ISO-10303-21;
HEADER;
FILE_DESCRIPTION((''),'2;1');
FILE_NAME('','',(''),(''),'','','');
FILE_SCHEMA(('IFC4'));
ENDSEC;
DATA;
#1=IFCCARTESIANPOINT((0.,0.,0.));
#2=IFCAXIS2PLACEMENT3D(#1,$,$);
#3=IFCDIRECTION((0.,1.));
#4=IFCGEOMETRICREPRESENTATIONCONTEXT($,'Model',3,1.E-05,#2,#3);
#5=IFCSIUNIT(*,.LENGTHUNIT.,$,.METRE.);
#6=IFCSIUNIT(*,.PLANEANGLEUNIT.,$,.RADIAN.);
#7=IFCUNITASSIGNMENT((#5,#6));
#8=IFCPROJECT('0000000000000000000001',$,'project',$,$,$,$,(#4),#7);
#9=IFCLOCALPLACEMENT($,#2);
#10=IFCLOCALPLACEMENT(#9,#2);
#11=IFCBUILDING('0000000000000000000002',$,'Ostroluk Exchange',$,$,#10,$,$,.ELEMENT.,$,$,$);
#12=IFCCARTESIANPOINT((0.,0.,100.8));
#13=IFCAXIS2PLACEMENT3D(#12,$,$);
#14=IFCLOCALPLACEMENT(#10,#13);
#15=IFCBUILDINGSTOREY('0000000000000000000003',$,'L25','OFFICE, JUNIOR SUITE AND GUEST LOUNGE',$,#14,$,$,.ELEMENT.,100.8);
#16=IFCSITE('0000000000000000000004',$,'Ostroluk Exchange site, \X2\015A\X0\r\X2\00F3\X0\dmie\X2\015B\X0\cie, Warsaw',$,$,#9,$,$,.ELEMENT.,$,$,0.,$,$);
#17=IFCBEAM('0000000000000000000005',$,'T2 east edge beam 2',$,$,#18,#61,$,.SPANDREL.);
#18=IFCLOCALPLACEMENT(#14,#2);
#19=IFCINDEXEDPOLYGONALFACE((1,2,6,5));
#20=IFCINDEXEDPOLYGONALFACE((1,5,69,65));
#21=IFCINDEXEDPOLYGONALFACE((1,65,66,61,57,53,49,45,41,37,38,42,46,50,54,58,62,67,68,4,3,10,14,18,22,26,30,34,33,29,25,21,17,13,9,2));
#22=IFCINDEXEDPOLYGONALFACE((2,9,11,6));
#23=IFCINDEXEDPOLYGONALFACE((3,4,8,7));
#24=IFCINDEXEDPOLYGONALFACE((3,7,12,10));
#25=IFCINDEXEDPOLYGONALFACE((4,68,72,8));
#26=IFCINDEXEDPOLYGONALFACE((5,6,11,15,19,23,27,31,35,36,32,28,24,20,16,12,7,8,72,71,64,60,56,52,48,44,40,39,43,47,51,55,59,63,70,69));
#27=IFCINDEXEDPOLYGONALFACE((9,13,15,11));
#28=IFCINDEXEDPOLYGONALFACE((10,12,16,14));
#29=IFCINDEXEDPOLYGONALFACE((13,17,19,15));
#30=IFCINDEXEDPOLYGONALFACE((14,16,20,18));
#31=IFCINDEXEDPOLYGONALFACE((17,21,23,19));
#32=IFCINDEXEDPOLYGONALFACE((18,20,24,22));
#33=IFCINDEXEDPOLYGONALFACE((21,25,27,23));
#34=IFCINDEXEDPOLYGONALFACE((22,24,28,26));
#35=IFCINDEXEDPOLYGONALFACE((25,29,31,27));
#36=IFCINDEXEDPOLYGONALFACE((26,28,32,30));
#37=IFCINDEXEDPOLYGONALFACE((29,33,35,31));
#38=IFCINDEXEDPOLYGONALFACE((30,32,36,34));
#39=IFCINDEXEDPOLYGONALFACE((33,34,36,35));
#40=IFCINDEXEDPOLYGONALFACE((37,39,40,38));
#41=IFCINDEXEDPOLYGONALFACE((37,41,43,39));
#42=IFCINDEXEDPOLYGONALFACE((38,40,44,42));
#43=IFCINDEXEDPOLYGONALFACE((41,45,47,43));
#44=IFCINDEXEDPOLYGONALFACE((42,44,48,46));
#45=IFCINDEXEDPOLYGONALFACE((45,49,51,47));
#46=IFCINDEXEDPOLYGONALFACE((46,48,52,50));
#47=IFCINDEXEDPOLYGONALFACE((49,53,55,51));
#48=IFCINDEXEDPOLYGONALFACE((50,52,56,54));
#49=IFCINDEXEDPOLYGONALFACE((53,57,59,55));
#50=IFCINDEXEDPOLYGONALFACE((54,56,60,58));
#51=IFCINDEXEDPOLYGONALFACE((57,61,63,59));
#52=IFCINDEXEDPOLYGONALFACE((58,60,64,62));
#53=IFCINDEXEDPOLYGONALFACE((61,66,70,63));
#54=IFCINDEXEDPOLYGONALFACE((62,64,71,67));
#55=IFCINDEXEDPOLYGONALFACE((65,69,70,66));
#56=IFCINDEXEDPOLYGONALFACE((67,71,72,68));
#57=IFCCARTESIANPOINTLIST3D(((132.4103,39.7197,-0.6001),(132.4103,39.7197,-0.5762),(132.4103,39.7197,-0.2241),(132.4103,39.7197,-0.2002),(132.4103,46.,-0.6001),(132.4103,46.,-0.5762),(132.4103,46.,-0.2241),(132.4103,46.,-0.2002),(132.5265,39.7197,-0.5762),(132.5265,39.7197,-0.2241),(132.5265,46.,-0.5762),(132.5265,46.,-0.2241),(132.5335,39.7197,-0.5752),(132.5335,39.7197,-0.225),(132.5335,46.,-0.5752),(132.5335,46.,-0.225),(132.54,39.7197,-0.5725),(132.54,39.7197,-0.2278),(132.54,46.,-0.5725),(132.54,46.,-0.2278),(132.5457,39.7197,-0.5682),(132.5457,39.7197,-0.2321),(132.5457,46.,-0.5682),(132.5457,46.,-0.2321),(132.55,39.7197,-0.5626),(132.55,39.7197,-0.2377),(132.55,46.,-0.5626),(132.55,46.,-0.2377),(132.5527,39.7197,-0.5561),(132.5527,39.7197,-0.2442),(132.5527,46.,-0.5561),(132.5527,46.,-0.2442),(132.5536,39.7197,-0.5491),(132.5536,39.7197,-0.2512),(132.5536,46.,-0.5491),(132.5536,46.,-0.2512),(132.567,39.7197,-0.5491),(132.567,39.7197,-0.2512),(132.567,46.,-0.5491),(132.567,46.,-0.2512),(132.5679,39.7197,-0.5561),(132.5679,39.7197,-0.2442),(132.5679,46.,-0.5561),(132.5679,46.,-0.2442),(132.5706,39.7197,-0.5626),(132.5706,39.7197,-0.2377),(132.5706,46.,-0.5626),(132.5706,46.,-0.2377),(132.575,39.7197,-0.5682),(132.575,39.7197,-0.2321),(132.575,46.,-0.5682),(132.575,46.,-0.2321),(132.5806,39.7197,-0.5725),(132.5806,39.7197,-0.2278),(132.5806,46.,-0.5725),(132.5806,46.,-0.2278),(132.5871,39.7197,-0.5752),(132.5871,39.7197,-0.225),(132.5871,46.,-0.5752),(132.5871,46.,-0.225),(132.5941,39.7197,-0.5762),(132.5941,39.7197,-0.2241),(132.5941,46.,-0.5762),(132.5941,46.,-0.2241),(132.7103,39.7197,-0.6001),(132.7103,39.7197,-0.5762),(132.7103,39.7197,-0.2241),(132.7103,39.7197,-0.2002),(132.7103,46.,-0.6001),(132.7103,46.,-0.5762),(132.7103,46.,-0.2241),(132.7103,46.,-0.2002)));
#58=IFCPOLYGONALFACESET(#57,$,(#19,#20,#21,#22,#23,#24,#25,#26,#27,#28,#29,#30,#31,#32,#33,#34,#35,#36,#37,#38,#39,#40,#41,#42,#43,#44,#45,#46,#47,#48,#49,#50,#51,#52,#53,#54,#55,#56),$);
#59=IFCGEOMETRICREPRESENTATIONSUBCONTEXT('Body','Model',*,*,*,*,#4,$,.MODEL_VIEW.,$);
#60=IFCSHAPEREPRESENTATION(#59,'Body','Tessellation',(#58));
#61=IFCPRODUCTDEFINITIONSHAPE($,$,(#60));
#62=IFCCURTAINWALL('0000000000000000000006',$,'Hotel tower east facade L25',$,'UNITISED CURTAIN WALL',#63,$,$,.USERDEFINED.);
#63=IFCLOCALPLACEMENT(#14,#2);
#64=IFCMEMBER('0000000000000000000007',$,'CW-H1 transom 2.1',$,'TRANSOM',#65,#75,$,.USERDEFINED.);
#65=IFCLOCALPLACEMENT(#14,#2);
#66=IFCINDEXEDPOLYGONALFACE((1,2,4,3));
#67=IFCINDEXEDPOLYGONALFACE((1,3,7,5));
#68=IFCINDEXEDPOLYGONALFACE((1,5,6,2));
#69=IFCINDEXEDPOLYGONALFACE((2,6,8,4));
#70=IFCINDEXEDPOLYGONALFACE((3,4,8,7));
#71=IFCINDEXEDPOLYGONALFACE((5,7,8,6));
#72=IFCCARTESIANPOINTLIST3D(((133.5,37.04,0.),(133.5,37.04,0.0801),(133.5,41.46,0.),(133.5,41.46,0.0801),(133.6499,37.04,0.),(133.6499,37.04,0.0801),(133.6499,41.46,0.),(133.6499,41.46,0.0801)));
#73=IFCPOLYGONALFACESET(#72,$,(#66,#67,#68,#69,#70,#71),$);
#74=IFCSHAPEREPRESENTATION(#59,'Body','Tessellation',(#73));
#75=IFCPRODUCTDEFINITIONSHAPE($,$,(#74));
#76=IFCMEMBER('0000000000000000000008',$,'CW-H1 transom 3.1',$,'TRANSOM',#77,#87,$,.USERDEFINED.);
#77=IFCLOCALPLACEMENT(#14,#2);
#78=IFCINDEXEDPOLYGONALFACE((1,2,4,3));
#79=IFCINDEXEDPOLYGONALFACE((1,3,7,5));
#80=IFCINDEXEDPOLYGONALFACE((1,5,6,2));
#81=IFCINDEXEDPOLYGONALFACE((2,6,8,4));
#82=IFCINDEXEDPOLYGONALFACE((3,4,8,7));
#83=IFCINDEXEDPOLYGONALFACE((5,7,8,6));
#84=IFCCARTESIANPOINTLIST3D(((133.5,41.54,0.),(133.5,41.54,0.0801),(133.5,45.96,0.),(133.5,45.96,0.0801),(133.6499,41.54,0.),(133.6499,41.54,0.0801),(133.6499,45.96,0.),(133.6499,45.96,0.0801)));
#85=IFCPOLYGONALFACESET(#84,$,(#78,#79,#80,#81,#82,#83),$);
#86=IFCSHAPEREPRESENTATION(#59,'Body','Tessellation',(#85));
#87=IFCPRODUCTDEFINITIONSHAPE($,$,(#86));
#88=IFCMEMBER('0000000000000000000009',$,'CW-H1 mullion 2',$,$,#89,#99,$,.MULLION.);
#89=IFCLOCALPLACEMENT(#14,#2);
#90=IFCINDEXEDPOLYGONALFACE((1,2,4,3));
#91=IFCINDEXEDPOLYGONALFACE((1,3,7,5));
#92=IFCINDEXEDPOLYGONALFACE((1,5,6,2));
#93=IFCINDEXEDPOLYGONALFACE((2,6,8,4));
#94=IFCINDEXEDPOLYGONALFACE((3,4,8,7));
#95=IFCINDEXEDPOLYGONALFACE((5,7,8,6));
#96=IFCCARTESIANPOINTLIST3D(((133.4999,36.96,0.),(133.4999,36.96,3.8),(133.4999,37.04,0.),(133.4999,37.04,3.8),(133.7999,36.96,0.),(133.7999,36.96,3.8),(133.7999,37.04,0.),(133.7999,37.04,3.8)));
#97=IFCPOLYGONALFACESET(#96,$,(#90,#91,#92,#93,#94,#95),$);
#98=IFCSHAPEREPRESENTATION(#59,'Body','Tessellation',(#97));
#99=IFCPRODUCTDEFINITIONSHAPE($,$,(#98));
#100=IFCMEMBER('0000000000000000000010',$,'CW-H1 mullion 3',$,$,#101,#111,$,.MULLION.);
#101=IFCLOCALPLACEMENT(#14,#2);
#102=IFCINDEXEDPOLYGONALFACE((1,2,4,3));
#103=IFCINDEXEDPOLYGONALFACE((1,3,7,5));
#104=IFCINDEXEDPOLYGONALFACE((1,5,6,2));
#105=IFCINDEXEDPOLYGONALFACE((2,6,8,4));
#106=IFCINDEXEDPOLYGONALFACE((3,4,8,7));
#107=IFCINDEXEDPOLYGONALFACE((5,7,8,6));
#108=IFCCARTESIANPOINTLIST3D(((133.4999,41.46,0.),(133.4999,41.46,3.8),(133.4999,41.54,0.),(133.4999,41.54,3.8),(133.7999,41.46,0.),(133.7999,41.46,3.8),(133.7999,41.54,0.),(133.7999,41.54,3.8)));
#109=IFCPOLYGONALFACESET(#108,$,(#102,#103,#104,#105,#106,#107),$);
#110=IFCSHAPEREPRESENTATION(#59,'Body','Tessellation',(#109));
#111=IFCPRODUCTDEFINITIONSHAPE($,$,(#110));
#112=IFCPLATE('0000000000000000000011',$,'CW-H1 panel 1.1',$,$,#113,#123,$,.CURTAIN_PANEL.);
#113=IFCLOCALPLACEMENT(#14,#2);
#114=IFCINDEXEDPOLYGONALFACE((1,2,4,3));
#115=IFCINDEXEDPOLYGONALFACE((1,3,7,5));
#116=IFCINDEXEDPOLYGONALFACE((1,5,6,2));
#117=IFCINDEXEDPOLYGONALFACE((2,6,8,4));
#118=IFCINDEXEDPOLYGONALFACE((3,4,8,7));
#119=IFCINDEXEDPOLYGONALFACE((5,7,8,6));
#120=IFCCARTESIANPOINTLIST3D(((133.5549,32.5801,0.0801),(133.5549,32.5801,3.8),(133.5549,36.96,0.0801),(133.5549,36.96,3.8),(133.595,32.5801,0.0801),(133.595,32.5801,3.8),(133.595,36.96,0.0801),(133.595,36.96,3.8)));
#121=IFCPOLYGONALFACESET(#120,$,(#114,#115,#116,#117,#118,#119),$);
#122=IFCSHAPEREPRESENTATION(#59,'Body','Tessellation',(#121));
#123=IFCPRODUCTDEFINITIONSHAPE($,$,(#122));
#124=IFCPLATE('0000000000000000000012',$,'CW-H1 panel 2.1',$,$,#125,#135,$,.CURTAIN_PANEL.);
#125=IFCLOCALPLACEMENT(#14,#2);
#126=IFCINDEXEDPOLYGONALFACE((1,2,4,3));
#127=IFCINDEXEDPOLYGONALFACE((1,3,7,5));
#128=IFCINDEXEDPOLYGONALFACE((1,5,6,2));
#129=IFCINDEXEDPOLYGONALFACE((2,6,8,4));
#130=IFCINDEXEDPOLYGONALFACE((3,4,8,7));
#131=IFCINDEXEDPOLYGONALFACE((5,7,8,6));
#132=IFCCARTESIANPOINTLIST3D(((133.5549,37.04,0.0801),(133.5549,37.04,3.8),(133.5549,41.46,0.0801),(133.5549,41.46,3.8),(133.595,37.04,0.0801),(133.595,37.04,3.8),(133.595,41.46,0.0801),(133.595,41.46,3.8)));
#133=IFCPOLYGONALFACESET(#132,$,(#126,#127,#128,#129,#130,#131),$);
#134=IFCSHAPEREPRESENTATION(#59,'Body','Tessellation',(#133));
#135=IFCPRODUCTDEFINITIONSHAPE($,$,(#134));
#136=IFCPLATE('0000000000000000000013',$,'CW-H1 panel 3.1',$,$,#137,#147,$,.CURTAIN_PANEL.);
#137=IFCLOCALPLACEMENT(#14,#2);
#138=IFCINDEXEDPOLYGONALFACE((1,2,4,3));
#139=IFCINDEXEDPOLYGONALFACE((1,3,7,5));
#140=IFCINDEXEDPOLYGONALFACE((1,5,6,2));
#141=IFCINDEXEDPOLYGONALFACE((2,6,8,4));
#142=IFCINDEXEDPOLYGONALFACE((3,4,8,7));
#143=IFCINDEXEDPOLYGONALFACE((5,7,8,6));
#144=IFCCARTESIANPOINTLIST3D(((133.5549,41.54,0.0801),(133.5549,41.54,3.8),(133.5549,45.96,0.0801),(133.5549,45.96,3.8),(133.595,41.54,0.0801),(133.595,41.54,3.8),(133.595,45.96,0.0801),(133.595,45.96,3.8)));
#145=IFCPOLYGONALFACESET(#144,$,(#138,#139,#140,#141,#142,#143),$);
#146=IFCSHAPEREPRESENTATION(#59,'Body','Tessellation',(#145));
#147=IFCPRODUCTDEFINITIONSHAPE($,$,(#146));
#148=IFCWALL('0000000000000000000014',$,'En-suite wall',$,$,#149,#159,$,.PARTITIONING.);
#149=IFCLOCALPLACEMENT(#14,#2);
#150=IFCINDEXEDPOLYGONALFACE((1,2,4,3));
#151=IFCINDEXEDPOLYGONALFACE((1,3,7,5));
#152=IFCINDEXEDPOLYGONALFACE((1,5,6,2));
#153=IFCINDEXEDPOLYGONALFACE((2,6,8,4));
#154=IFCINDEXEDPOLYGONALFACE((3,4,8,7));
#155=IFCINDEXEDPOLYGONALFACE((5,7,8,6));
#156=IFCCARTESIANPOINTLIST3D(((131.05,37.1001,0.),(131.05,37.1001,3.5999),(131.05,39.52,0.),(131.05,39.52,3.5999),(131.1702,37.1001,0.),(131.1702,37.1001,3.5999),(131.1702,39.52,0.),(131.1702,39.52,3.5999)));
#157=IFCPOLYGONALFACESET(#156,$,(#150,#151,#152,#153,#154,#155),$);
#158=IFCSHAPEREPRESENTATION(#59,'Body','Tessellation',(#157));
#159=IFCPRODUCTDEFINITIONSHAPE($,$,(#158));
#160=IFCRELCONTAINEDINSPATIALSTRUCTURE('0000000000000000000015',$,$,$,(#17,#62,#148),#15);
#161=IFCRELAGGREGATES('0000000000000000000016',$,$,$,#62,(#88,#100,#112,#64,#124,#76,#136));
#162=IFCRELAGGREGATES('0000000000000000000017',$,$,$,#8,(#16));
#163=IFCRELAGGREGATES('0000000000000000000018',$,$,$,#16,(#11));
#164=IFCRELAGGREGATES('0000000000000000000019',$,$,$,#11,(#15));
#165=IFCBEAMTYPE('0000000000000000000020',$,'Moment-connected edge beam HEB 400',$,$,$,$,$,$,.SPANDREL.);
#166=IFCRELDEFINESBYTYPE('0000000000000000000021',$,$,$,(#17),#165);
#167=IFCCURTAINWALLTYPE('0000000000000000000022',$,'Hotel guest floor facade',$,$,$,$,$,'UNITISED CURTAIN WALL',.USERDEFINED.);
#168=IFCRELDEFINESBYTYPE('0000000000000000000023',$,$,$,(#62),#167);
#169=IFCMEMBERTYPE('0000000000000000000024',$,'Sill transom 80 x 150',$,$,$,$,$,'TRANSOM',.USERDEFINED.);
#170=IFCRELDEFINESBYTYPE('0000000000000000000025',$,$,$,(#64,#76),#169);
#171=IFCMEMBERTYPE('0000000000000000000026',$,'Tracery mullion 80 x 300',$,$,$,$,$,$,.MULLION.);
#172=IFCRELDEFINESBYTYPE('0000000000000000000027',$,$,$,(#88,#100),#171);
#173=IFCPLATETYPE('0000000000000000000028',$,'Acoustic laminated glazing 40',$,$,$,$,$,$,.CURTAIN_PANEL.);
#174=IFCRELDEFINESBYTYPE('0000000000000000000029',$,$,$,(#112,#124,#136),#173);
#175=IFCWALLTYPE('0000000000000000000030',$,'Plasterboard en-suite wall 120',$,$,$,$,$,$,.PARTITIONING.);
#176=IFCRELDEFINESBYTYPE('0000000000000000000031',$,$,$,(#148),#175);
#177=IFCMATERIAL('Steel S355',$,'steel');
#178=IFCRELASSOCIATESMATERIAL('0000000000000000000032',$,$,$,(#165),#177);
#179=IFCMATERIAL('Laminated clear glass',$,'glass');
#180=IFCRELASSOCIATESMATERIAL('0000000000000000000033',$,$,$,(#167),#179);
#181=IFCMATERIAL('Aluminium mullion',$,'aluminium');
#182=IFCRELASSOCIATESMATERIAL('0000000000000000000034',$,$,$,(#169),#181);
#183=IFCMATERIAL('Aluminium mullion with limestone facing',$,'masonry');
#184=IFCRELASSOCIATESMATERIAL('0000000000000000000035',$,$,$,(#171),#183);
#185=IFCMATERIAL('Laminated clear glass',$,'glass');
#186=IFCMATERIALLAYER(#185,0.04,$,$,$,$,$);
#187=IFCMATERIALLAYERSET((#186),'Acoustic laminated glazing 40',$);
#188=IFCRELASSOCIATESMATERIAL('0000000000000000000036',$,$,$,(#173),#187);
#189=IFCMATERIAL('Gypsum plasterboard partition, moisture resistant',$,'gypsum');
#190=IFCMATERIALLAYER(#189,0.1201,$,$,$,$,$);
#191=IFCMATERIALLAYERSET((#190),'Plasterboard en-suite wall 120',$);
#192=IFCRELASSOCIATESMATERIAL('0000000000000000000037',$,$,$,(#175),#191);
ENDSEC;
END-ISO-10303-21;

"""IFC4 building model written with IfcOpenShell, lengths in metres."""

from ifc_helpers import new_model, si_unit, direction, frame, frame_2d, origin, origin_2d, place, context, subcontext, project, spatial, rectangle, i_section, extrude, material, layer, layer_set, material_profile, profile_set, type_object, element, aggregate, save


model = new_model("IFC4")

# Units and contexts
model_context = context("Model", 3, precision=1e-05, world=origin(), true_north=direction((0.0, 1.0)))
body_context = subcontext(model_context, "Body", "Model", "MODEL_VIEW")
ifc_project = project(units=[si_unit("LENGTHUNIT", "METRE"), si_unit("PLANEANGLEUNIT", "RADIAN")], contexts=[model_context])

# Site, building, storey
site_placement = place(None, origin())
site = spatial("IfcSite", under=ifc_project, at=site_placement, Name="Ostroluk Exchange site, Śródmieście, Warsaw", CompositionType="ELEMENT", RefElevation=0.0)
building_placement = place(site_placement, origin())
building = spatial("IfcBuilding", under=site, at=building_placement, Name="Ostroluk Exchange", CompositionType="ELEMENT")
storey_placement = place(building_placement, frame((0.0, 0.0, 100.8)))
storey = spatial("IfcBuildingStorey", under=building, at=storey_placement, Name="L25", Description="OFFICE, JUNIOR SUITE AND GUEST LOUNGE", CompositionType="ELEMENT", Elevation=100.8)

# Beam
ifc_material_1 = material(Name="Steel S355", Category="steel")
ifc_material_profile_1 = material_profile(ifc_material_1, i_section(OverallWidth=0.3, OverallDepth=0.3999, WebThickness=0.0134, FlangeThickness=0.0239, FilletRadius=0.0271, at=origin_2d()), Name="HEB 400")
ifc_profile_set_1 = profile_set([ifc_material_profile_1], Name="Steel S355")
beam_type_1 = type_object("IfcBeamType", Name="Moment-connected edge beam HEB 400", PredefinedType="SPANDREL", material=ifc_profile_set_1)
beam_1_placement = place(storey_placement, frame((132.5603, 39.7197, -0.4001), z_axis=(0.0, 1.0, 0.0), x_axis=(-1.0, 0.0, 0.0)))
element("IfcBeam", 1, at=beam_1_placement, inside=storey, type_object=beam_type_1, Name="T2 east edge beam 2", PredefinedType="SPANDREL", context=body_context, shape_type="SweptSolid", body=[
    extrude(i_section(OverallWidth=0.3, OverallDepth=0.3999, WebThickness=0.0134, FlangeThickness=0.0239, FilletRadius=0.0271, at=origin_2d()), origin(), (0.0, 0.0, 1.0), 6.2803),
])

# Curtain wall, members, plates
ifc_material_2 = material(Name="Laminated clear glass", Category="glass")
curtain_wall_type = type_object("IfcCurtainWallType", Name="Hotel guest floor facade", ElementType="UNITISED CURTAIN WALL", PredefinedType="USERDEFINED", material=ifc_material_2)
curtain_wall_placement = place(storey_placement, origin())
curtain_wall = element("IfcCurtainWall", 2, at=curtain_wall_placement, inside=storey, type_object=curtain_wall_type, Name="Hotel tower east facade L25", ObjectType="UNITISED CURTAIN WALL", PredefinedType="USERDEFINED")
ifc_material_3 = material(Name="Aluminium mullion", Category="aluminium")
ifc_material_profile_2 = material_profile(ifc_material_3, rectangle(XDim=0.1499, YDim=0.0801, at=origin_2d()), Name="Sill transom 80 x 150")
ifc_profile_set_2 = profile_set([ifc_material_profile_2], Name="Aluminium mullion")
member_type_1 = type_object("IfcMemberType", Name="Sill transom 80 x 150", ElementType="TRANSOM", PredefinedType="USERDEFINED", material=ifc_profile_set_2)
member_1_placement = place(storey_placement, frame((133.575, 37.04, 0.04), z_axis=(0.0, 1.0, 0.0), x_axis=(-1.0, 0.0, 0.0)))
member_1 = element("IfcMember", 3, at=member_1_placement, type_object=member_type_1, Name="CW-H1 transom 2.1", ObjectType="TRANSOM", PredefinedType="USERDEFINED", context=body_context, shape_type="SweptSolid", body=[
    extrude(rectangle(XDim=0.1499, YDim=0.0801, at=origin_2d()), origin(), (0.0, 0.0, 1.0), 4.4199),
])
member_2_placement = place(storey_placement, frame((133.575, 41.54, 0.04), z_axis=(0.0, 1.0, 0.0), x_axis=(-1.0, 0.0, 0.0)))
member_2 = element("IfcMember", 4, at=member_2_placement, type_object=member_type_1, Name="CW-H1 transom 3.1", ObjectType="TRANSOM", PredefinedType="USERDEFINED", context=body_context, shape_type="SweptSolid", body=[
    extrude(rectangle(XDim=0.1499, YDim=0.0801, at=origin_2d()), origin(), (0.0, 0.0, 1.0), 4.4199),
])
ifc_material_4 = material(Name="Aluminium mullion with limestone facing", Category="masonry")
ifc_material_profile_3 = material_profile(ifc_material_4, rectangle(XDim=0.3, YDim=0.0801, at=origin_2d()), Name="Tracery mullion 80 x 300")
ifc_profile_set_3 = profile_set([ifc_material_profile_3], Name="Aluminium mullion with limestone facing")
member_type_2 = type_object("IfcMemberType", Name="Tracery mullion 80 x 300", PredefinedType="MULLION", material=ifc_profile_set_3)
member_3_placement = place(storey_placement, frame((133.6499, 37.0, 0.0), z_axis=(0.0, 0.0, 1.0), x_axis=(-1.0, 0.0, 0.0)))
member_3 = element("IfcMember", 5, at=member_3_placement, type_object=member_type_2, Name="CW-H1 mullion 2", PredefinedType="MULLION", context=body_context, shape_type="SweptSolid", body=[
    extrude(rectangle(XDim=0.3, YDim=0.0801, at=origin_2d()), origin(), (0.0, 0.0, 1.0), 3.8),
])
member_4_placement = place(storey_placement, frame((133.6499, 41.5, 0.0), z_axis=(0.0, 0.0, 1.0), x_axis=(-1.0, 0.0, 0.0)))
member_4 = element("IfcMember", 6, at=member_4_placement, type_object=member_type_2, Name="CW-H1 mullion 3", PredefinedType="MULLION", context=body_context, shape_type="SweptSolid", body=[
    extrude(rectangle(XDim=0.3, YDim=0.0801, at=origin_2d()), origin(), (0.0, 0.0, 1.0), 3.8),
])
ifc_material_5 = material(Name="Laminated clear glass", Category="glass")
ifc_layer_1 = layer(ifc_material_5, 0.04)
ifc_layer_set_1 = layer_set([ifc_layer_1], Name="Acoustic laminated glazing 40")
plate_type = type_object("IfcPlateType", Name="Acoustic laminated glazing 40", PredefinedType="CURTAIN_PANEL", material=ifc_layer_set_1)
plate_1_placement = place(storey_placement, frame((133.575, 34.77, 0.0801), z_axis=(0.0, 0.0, 1.0), x_axis=(0.0, 1.0, 0.0)))
plate_1 = element("IfcPlate", 7, at=plate_1_placement, type_object=plate_type, Name="CW-H1 panel 1.1", PredefinedType="CURTAIN_PANEL", context=body_context, shape_type="SweptSolid", body=[
    extrude(rectangle(XDim=4.3799, YDim=0.04, at=origin_2d()), origin(), (0.0, 0.0, 1.0), 3.72),
])
plate_2_placement = place(storey_placement, frame((133.575, 39.25, 0.0801), z_axis=(0.0, 0.0, 1.0), x_axis=(0.0, 1.0, 0.0)))
plate_2 = element("IfcPlate", 8, at=plate_2_placement, type_object=plate_type, Name="CW-H1 panel 2.1", PredefinedType="CURTAIN_PANEL", context=body_context, shape_type="SweptSolid", body=[
    extrude(rectangle(XDim=4.4199, YDim=0.04, at=origin_2d()), origin(), (0.0, 0.0, 1.0), 3.72),
])
plate_3_placement = place(storey_placement, frame((133.575, 43.75, 0.0801), z_axis=(0.0, 0.0, 1.0), x_axis=(0.0, 1.0, 0.0)))
plate_3 = element("IfcPlate", 9, at=plate_3_placement, type_object=plate_type, Name="CW-H1 panel 3.1", PredefinedType="CURTAIN_PANEL", context=body_context, shape_type="SweptSolid", body=[
    extrude(rectangle(XDim=4.4199, YDim=0.04, at=origin_2d()), origin(), (0.0, 0.0, 1.0), 3.72),
])
aggregate(curtain_wall, [member_3, member_4, plate_1, member_1, plate_2, member_2, plate_3])

# Wall
ifc_material_6 = material(Name="Gypsum plasterboard partition, moisture resistant", Category="gypsum")
ifc_layer_2 = layer(ifc_material_6, 0.1201)
ifc_layer_set_2 = layer_set([ifc_layer_2], Name="Plasterboard en-suite wall 120")
wall_type_1 = type_object("IfcWallType", Name="Plasterboard en-suite wall 120", PredefinedType="PARTITIONING", material=ifc_layer_set_2)
wall_1_placement = place(storey_placement, frame((131.1101, 37.1001, 0.0), z_axis=(0.0, 0.0, 1.0), x_axis=(0.0, 1.0, 0.0)))
element("IfcWall", 10, at=wall_1_placement, inside=storey, type_object=wall_type_1, Name="En-suite wall", PredefinedType="PARTITIONING", context=body_context, shape_type="SweptSolid", body=[
    extrude(rectangle(XDim=2.4199, YDim=0.1201, at=frame_2d((1.21, 0.0))), origin(), (0.0, 0.0, 1.0), 3.5999),
])

save(model, "model.ifc")
